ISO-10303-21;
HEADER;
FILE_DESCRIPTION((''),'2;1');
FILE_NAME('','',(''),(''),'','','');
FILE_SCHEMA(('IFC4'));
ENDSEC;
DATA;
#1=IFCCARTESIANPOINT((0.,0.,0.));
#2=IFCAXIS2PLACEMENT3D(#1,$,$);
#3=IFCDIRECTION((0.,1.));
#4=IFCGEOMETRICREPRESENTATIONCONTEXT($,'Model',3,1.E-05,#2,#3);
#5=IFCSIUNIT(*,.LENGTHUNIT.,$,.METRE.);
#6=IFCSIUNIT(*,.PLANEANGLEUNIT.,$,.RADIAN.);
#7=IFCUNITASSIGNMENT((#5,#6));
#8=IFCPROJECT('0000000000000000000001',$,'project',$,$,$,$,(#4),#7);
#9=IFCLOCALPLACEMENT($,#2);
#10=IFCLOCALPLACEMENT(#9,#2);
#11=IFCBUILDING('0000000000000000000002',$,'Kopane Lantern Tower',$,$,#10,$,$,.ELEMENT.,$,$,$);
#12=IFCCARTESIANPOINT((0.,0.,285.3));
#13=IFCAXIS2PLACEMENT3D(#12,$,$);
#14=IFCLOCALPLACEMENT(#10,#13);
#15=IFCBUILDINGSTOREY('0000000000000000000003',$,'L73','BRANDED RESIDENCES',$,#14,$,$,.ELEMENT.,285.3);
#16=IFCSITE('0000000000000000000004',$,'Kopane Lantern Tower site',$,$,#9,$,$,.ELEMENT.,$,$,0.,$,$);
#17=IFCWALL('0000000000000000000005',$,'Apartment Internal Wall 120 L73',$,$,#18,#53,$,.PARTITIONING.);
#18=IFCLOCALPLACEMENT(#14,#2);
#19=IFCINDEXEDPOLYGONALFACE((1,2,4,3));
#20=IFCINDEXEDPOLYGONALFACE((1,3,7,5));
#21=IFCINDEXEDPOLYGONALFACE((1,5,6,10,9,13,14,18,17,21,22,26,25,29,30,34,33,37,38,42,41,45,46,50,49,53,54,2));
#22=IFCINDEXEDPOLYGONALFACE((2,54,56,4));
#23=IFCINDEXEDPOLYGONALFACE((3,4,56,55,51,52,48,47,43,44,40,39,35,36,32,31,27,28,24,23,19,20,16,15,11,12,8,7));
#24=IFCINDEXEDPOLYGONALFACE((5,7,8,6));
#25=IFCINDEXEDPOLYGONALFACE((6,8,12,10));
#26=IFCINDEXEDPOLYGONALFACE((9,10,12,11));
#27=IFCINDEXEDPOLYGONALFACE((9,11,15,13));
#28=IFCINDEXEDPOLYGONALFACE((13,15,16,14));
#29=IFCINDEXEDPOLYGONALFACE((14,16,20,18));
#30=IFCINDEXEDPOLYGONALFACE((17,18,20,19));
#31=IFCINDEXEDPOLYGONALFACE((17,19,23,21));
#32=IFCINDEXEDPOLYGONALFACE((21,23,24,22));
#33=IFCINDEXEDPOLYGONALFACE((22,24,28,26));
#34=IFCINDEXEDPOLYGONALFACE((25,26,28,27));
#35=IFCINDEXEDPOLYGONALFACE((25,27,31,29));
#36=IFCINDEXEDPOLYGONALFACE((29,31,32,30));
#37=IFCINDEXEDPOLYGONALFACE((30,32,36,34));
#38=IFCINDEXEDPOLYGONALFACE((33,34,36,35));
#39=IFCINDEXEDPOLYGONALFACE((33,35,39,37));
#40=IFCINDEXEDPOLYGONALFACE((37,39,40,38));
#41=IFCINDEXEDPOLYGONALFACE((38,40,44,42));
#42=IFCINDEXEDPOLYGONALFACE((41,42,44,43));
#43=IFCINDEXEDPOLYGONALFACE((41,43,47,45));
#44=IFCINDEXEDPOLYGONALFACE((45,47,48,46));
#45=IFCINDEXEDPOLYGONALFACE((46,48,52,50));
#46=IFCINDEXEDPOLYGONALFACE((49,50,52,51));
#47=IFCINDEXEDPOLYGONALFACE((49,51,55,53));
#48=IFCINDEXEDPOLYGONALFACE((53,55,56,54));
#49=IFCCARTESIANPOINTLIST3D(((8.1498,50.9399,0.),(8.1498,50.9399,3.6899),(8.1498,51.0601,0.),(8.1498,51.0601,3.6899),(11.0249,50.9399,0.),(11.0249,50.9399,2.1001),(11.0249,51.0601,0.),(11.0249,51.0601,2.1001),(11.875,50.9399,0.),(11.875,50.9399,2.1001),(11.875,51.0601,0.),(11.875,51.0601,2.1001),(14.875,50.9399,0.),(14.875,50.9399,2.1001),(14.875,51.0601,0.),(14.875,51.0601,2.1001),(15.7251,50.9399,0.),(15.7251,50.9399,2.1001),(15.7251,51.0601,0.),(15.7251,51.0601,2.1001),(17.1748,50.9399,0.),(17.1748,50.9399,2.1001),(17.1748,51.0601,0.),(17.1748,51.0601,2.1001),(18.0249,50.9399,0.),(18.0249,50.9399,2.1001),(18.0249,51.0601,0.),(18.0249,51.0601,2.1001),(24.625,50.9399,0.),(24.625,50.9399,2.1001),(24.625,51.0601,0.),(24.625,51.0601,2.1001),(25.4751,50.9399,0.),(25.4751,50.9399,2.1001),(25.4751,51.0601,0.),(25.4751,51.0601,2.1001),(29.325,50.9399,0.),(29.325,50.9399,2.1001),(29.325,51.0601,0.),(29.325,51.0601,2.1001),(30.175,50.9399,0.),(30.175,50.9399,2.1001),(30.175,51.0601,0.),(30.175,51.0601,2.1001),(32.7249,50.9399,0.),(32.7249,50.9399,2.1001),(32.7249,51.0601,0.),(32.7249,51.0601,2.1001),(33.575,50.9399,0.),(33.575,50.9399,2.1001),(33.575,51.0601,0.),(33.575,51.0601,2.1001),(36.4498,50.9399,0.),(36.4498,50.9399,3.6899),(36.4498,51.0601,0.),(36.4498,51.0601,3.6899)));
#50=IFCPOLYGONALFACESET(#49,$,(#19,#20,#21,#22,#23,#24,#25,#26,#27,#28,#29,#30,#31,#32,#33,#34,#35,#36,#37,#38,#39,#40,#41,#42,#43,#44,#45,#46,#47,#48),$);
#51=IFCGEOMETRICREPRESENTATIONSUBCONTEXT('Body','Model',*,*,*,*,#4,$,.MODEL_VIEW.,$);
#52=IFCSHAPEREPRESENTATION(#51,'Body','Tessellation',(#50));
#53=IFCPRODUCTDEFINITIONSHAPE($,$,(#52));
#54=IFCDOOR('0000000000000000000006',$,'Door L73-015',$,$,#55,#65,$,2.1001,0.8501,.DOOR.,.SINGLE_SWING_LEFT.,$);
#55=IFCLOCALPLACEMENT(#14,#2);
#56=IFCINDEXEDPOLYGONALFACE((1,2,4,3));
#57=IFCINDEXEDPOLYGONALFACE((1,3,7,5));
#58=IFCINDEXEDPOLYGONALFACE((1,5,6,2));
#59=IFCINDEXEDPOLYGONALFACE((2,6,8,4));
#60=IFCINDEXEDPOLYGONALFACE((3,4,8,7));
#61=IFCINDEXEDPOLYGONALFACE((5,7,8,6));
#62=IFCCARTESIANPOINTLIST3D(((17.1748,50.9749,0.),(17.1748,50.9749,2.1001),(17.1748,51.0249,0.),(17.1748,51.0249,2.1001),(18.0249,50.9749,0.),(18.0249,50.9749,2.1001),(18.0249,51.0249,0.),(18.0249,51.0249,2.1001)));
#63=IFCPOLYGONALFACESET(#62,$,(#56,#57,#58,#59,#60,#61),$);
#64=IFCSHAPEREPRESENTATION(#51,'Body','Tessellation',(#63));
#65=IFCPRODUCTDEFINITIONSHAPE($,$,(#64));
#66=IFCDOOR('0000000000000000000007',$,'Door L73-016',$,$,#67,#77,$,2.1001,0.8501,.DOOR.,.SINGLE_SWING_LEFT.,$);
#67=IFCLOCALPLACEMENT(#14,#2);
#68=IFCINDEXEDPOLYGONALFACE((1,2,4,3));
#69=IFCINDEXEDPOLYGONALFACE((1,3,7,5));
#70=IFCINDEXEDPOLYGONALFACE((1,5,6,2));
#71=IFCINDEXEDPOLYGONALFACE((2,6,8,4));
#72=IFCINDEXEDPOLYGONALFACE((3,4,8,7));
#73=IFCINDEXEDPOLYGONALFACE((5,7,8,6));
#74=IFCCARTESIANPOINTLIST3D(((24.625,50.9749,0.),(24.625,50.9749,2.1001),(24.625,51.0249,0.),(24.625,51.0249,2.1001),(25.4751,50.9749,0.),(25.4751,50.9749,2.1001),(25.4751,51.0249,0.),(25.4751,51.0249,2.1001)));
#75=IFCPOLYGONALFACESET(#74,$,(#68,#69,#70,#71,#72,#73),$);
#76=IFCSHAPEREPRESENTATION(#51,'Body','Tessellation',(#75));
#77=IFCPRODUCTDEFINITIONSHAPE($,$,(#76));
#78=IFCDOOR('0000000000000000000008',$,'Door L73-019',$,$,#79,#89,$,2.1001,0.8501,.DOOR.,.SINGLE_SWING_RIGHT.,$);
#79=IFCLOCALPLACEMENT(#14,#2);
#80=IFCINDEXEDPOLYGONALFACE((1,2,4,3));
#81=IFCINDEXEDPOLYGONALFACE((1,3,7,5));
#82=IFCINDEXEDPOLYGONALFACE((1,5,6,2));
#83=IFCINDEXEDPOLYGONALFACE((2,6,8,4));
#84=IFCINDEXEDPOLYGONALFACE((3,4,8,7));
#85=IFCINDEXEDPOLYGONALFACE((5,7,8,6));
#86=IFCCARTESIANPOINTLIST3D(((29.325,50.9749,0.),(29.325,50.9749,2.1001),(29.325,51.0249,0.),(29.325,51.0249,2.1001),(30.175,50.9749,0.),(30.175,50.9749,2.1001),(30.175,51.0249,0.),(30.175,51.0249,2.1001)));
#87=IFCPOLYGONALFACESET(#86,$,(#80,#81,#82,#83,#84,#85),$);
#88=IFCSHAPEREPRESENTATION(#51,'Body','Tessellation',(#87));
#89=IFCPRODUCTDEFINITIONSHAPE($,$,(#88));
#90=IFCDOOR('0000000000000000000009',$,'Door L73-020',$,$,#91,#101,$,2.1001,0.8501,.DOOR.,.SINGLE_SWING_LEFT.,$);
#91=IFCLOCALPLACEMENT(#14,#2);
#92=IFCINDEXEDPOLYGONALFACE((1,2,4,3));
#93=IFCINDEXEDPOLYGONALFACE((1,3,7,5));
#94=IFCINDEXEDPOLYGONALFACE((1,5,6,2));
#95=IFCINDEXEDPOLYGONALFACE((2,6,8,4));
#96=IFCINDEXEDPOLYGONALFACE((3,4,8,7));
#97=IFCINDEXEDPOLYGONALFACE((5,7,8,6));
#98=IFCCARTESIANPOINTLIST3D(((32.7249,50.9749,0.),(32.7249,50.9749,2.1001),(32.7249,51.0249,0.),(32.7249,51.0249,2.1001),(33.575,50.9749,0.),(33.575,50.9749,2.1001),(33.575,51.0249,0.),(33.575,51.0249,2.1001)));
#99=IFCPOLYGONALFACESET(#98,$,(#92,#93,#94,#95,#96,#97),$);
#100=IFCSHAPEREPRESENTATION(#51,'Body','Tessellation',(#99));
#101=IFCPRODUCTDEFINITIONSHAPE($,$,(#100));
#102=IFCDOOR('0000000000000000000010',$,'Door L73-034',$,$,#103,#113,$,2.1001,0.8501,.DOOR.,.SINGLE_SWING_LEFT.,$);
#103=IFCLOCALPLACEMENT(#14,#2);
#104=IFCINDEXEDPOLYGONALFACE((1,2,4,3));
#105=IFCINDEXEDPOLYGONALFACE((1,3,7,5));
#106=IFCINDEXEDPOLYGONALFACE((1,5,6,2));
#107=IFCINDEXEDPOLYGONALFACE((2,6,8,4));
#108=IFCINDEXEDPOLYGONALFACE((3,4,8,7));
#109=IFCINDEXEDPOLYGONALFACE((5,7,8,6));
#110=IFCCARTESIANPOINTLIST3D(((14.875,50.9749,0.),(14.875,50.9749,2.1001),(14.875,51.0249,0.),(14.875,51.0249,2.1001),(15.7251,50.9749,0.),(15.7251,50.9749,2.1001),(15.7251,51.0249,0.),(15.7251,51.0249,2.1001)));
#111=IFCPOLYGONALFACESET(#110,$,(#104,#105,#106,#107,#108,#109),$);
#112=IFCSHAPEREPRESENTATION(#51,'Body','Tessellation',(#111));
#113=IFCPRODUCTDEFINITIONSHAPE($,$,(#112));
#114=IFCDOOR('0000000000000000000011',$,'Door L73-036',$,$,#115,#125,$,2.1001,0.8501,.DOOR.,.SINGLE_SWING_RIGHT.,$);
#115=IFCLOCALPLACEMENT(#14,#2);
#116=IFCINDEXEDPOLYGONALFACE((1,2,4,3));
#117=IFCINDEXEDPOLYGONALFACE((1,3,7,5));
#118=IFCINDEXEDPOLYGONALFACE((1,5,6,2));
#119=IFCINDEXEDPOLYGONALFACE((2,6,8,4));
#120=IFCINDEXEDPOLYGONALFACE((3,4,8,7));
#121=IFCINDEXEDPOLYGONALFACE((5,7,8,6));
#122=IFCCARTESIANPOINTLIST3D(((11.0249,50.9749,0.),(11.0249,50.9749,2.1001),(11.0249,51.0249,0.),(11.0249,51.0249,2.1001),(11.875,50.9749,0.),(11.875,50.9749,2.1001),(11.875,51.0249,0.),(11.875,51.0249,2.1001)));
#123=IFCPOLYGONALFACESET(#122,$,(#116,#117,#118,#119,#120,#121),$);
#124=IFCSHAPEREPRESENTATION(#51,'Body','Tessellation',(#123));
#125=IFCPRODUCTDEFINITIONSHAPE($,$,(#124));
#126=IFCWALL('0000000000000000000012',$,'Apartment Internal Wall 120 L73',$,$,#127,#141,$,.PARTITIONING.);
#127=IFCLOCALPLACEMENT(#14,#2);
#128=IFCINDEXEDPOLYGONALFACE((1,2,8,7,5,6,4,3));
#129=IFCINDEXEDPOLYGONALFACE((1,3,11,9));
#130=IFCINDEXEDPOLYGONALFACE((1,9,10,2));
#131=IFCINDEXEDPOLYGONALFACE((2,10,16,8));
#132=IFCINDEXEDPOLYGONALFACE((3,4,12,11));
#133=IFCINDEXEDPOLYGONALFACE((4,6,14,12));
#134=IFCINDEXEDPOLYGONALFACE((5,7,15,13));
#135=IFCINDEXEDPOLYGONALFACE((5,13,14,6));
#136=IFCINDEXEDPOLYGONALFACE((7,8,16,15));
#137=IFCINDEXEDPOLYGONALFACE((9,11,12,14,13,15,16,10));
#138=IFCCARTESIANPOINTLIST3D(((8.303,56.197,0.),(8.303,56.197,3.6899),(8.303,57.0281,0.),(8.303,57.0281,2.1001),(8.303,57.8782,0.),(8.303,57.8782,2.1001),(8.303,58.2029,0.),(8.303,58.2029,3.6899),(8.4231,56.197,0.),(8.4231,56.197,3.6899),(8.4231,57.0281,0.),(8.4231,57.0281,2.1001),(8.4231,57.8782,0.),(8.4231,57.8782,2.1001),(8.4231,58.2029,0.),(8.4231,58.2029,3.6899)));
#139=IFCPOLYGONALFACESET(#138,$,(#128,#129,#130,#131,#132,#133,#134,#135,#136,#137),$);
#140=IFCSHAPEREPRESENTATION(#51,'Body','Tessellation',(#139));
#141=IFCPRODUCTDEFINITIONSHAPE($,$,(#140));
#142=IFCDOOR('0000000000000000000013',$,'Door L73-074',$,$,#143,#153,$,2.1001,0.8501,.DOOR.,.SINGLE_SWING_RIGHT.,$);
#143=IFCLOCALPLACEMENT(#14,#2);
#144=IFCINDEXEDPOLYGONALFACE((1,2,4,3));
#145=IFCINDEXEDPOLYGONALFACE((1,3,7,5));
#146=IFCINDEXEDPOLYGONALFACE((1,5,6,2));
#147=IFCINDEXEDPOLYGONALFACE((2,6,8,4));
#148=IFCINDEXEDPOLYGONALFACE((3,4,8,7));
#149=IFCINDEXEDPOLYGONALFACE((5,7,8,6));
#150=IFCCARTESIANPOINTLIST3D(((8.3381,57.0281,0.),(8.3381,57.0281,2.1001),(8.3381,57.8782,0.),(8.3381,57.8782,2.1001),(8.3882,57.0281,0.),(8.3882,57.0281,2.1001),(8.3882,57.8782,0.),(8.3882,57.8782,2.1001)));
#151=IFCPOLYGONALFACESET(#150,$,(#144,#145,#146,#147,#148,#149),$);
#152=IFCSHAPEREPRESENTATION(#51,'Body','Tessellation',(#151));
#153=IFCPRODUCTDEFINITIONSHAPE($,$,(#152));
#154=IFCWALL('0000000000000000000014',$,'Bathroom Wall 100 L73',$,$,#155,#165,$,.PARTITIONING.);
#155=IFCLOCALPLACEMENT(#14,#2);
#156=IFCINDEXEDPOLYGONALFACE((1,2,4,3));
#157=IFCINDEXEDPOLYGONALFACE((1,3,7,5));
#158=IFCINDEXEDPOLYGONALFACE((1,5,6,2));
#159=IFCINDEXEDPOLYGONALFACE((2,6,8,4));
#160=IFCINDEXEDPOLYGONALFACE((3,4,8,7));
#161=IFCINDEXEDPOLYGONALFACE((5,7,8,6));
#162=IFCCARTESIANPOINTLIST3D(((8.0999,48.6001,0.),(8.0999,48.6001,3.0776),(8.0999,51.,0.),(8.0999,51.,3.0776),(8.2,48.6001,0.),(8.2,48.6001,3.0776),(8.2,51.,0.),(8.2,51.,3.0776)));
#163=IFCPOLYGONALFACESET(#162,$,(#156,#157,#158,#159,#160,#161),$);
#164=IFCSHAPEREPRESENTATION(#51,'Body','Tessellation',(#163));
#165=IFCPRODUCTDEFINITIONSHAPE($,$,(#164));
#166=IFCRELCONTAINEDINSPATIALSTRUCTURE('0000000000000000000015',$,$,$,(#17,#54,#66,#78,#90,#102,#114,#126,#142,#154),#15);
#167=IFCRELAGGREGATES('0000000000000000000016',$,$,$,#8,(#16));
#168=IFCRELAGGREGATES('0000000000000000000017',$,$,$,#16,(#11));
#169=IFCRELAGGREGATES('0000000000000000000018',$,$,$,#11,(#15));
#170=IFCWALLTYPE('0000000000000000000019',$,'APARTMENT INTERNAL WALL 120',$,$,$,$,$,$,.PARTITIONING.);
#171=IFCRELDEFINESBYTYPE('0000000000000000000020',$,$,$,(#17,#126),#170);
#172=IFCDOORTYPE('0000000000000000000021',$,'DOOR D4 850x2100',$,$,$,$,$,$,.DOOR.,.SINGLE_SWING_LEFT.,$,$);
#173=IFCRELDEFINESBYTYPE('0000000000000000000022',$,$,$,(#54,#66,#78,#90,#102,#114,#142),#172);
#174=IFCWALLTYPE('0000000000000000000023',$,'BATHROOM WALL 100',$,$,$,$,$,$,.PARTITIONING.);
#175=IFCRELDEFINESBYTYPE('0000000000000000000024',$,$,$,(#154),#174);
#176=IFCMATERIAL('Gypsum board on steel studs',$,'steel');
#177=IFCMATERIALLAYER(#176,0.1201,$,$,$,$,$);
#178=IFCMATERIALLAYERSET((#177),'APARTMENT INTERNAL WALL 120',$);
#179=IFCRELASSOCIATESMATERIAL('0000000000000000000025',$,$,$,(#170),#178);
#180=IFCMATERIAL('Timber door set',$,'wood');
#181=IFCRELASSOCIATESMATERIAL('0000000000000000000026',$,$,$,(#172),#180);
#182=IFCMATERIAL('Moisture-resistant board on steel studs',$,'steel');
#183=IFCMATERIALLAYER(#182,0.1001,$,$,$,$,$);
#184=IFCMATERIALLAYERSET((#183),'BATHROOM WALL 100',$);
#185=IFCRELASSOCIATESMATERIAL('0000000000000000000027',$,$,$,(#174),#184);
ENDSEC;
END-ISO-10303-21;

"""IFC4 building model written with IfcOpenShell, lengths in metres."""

from ifc_helpers import new_model, si_unit, direction, frame, frame_2d, origin, place, context, subcontext, project, spatial, rectangle, extrude, material, layer, layer_set, type_object, element, fill, save


model = new_model("IFC4")

# Units and contexts
model_context = context("Model", 3, precision=1e-05, world=origin(), true_north=direction((0.0, 1.0)))
body_context = subcontext(model_context, "Body", "Model", "MODEL_VIEW")
ifc_project = project(units=[si_unit("LENGTHUNIT", "METRE"), si_unit("PLANEANGLEUNIT", "RADIAN")], contexts=[model_context])

# Site, building, storey
site_placement = place(None, origin())
site = spatial("IfcSite", under=ifc_project, at=site_placement, Name="Kopane Lantern Tower site", CompositionType="ELEMENT", RefElevation=0.0)
building_placement = place(site_placement, origin())
building = spatial("IfcBuilding", under=site, at=building_placement, Name="Kopane Lantern Tower", CompositionType="ELEMENT")
storey_placement = place(building_placement, frame((0.0, 0.0, 285.3)))
storey = spatial("IfcBuildingStorey", under=building, at=storey_placement, Name="L73", Description="BRANDED RESIDENCES", CompositionType="ELEMENT", Elevation=285.3)

# Wall, openings, doors
ifc_material_1 = material(Name="Gypsum board on steel studs", Category="steel")
ifc_layer_1 = layer(ifc_material_1, 0.1201)
ifc_layer_set_1 = layer_set([ifc_layer_1], Name="APARTMENT INTERNAL WALL 120")
wall_type_1 = type_object("IfcWallType", Name="APARTMENT INTERNAL WALL 120", PredefinedType="PARTITIONING", material=ifc_layer_set_1)
wall_1_placement = place(storey_placement, frame((8.1499, 51.0, 0.0), z_axis=(0.0, 0.0, 1.0), x_axis=(1.0, 0.0, 0.0)))
wall_1 = element("IfcWall", 1, at=wall_1_placement, inside=storey, type_object=wall_type_1, Name="Apartment Internal Wall 120 L73", PredefinedType="PARTITIONING", context=body_context, shape_type="SweptSolid", body=[
    extrude(rectangle(XDim=28.3, YDim=0.1201, at=frame_2d((14.1499, 0.0))), origin(), (0.0, 0.0, 1.0), 3.6899),
])
opening_1_placement = place(wall_1_placement, frame((9.0249, 0.0, 0.0)))
opening_1 = element("IfcOpeningElement", 2, at=opening_1_placement, cuts=wall_1, PredefinedType="OPENING", context=body_context, shape_type="SweptSolid", body=[
    extrude(rectangle(XDim=0.8501, YDim=2.1001, at=frame_2d((0.425, 1.05))), frame((0.0, 0.0701, 0.0), z_axis=(0.0, -1.0, 0.0), x_axis=(1.0, 0.0, 0.0)), (0.0, 0.0, 1.0), 0.1401),
])
opening_2_placement = place(wall_1_placement, frame((16.4751, 0.0, 0.0)))
opening_2 = element("IfcOpeningElement", 3, at=opening_2_placement, cuts=wall_1, PredefinedType="OPENING", context=body_context, shape_type="SweptSolid", body=[
    extrude(rectangle(XDim=0.8501, YDim=2.1001, at=frame_2d((0.425, 1.05))), frame((0.0, 0.0701, 0.0), z_axis=(0.0, -1.0, 0.0), x_axis=(1.0, 0.0, 0.0)), (0.0, 0.0, 1.0), 0.1401),
])
opening_3_placement = place(wall_1_placement, frame((21.175, 0.0, 0.0)))
opening_3 = element("IfcOpeningElement", 4, at=opening_3_placement, cuts=wall_1, PredefinedType="OPENING", context=body_context, shape_type="SweptSolid", body=[
    extrude(rectangle(XDim=0.8501, YDim=2.1001, at=frame_2d((0.425, 1.05))), frame((0.0, 0.0701, 0.0), z_axis=(0.0, -1.0, 0.0), x_axis=(1.0, 0.0, 0.0)), (0.0, 0.0, 1.0), 0.1401),
])
opening_4_placement = place(wall_1_placement, frame((24.575, 0.0, 0.0)))
opening_4 = element("IfcOpeningElement", 5, at=opening_4_placement, cuts=wall_1, PredefinedType="OPENING", context=body_context, shape_type="SweptSolid", body=[
    extrude(rectangle(XDim=0.8501, YDim=2.1001, at=frame_2d((0.425, 1.05))), frame((0.0, 0.0701, 0.0), z_axis=(0.0, -1.0, 0.0), x_axis=(1.0, 0.0, 0.0)), (0.0, 0.0, 1.0), 0.1401),
])
opening_5_placement = place(wall_1_placement, frame((6.7251, 0.0, 0.0)))
opening_5 = element("IfcOpeningElement", 6, at=opening_5_placement, cuts=wall_1, PredefinedType="OPENING", context=body_context, shape_type="SweptSolid", body=[
    extrude(rectangle(XDim=0.8501, YDim=2.1001, at=frame_2d((0.425, 1.05))), frame((0.0, 0.0701, 0.0), z_axis=(0.0, -1.0, 0.0), x_axis=(1.0, 0.0, 0.0)), (0.0, 0.0, 1.0), 0.1401),
])
opening_6_placement = place(wall_1_placement, frame((2.875, 0.0, 0.0)))
opening_6 = element("IfcOpeningElement", 7, at=opening_6_placement, cuts=wall_1, PredefinedType="OPENING", context=body_context, shape_type="SweptSolid", body=[
    extrude(rectangle(XDim=0.8501, YDim=2.1001, at=frame_2d((0.425, 1.05))), frame((0.0, 0.0701, 0.0), z_axis=(0.0, -1.0, 0.0), x_axis=(1.0, 0.0, 0.0)), (0.0, 0.0, 1.0), 0.1401),
])
ifc_material_2 = material(Name="Timber door set", Category="wood")
door_type = type_object("IfcDoorType", Name="DOOR D4 850x2100", OperationType="SINGLE_SWING_LEFT", PredefinedType="DOOR", material=ifc_material_2)
door_1_placement = place(opening_1_placement, origin())
door_1 = element("IfcDoor", 8, at=door_1_placement, inside=storey, type_object=door_type, Name="Door L73-015", OperationType="SINGLE_SWING_LEFT", OverallHeight=2.1001, OverallWidth=0.8501, PredefinedType="DOOR", context=body_context, shape_type="SweptSolid", body=[
    extrude(rectangle(XDim=0.8501, YDim=2.1001, at=frame_2d((0.425, 1.05))), frame((0.0, 0.0249, 0.0), z_axis=(0.0, -1.0, 0.0), x_axis=(1.0, 0.0, 0.0)), (0.0, 0.0, 1.0), 0.05),
])
fill(opening_1, door_1)
door_2_placement = place(opening_2_placement, origin())
door_2 = element("IfcDoor", 9, at=door_2_placement, inside=storey, type_object=door_type, Name="Door L73-016", OperationType="SINGLE_SWING_LEFT", OverallHeight=2.1001, OverallWidth=0.8501, PredefinedType="DOOR", context=body_context, shape_type="SweptSolid", body=[
    extrude(rectangle(XDim=0.8501, YDim=2.1001, at=frame_2d((0.425, 1.05))), frame((0.0, 0.0249, 0.0), z_axis=(0.0, -1.0, 0.0), x_axis=(1.0, 0.0, 0.0)), (0.0, 0.0, 1.0), 0.05),
])
fill(opening_2, door_2)
door_3_placement = place(opening_3_placement, origin())
door_3 = element("IfcDoor", 10, at=door_3_placement, inside=storey, type_object=door_type, Name="Door L73-019", OperationType="SINGLE_SWING_RIGHT", OverallHeight=2.1001, OverallWidth=0.8501, PredefinedType="DOOR", context=body_context, shape_type="SweptSolid", body=[
    extrude(rectangle(XDim=0.8501, YDim=2.1001, at=frame_2d((0.425, 1.05))), frame((0.0, 0.0249, 0.0), z_axis=(0.0, -1.0, 0.0), x_axis=(1.0, 0.0, 0.0)), (0.0, 0.0, 1.0), 0.05),
])
fill(opening_3, door_3)
door_4_placement = place(opening_4_placement, origin())
door_4 = element("IfcDoor", 11, at=door_4_placement, inside=storey, type_object=door_type, Name="Door L73-020", OperationType="SINGLE_SWING_LEFT", OverallHeight=2.1001, OverallWidth=0.8501, PredefinedType="DOOR", context=body_context, shape_type="SweptSolid", body=[
    extrude(rectangle(XDim=0.8501, YDim=2.1001, at=frame_2d((0.425, 1.05))), frame((0.0, 0.0249, 0.0), z_axis=(0.0, -1.0, 0.0), x_axis=(1.0, 0.0, 0.0)), (0.0, 0.0, 1.0), 0.05),
])
fill(opening_4, door_4)
door_5_placement = place(opening_5_placement, origin())
door_5 = element("IfcDoor", 12, at=door_5_placement, inside=storey, type_object=door_type, Name="Door L73-034", OperationType="SINGLE_SWING_LEFT", OverallHeight=2.1001, OverallWidth=0.8501, PredefinedType="DOOR", context=body_context, shape_type="SweptSolid", body=[
    extrude(rectangle(XDim=0.8501, YDim=2.1001, at=frame_2d((0.425, 1.05))), frame((0.0, 0.0249, 0.0), z_axis=(0.0, -1.0, 0.0), x_axis=(1.0, 0.0, 0.0)), (0.0, 0.0, 1.0), 0.05),
])
fill(opening_5, door_5)
door_6_placement = place(opening_6_placement, origin())
door_6 = element("IfcDoor", 13, at=door_6_placement, inside=storey, type_object=door_type, Name="Door L73-036", OperationType="SINGLE_SWING_RIGHT", OverallHeight=2.1001, OverallWidth=0.8501, PredefinedType="DOOR", context=body_context, shape_type="SweptSolid", body=[
    extrude(rectangle(XDim=0.8501, YDim=2.1001, at=frame_2d((0.425, 1.05))), frame((0.0, 0.0249, 0.0), z_axis=(0.0, -1.0, 0.0), x_axis=(1.0, 0.0, 0.0)), (0.0, 0.0, 1.0), 0.05),
])
fill(opening_6, door_6)

# Wall, opening, door
wall_2_placement = place(storey_placement, frame((8.363, 56.197, 0.0), z_axis=(0.0, 0.0, 1.0), x_axis=(0.0, 1.0, 0.0)))
wall_2 = element("IfcWall", 14, at=wall_2_placement, inside=storey, type_object=wall_type_1, Name="Apartment Internal Wall 120 L73", PredefinedType="PARTITIONING", context=body_context, shape_type="SweptSolid", body=[
    extrude(rectangle(XDim=2.0059, YDim=0.1201, at=frame_2d((1.0029, 0.0))), origin(), (0.0, 0.0, 1.0), 3.6899),
])
opening_7_placement = place(wall_2_placement, frame((0.8311, 0.0, 0.0)))
opening_7 = element("IfcOpeningElement", 15, at=opening_7_placement, cuts=wall_2, PredefinedType="OPENING", context=body_context, shape_type="SweptSolid", body=[
    extrude(rectangle(XDim=0.8501, YDim=2.1001, at=frame_2d((0.425, 1.05))), frame((0.0, 0.0701, 0.0), z_axis=(0.0, -1.0, 0.0), x_axis=(1.0, 0.0, 0.0)), (0.0, 0.0, 1.0), 0.1401),
])
door_7_placement = place(opening_7_placement, origin())
door_7 = element("IfcDoor", 16, at=door_7_placement, inside=storey, type_object=door_type, Name="Door L73-074", OperationType="SINGLE_SWING_RIGHT", OverallHeight=2.1001, OverallWidth=0.8501, PredefinedType="DOOR", context=body_context, shape_type="SweptSolid", body=[
    extrude(rectangle(XDim=0.8501, YDim=2.1001, at=frame_2d((0.425, 1.05))), frame((0.0, 0.0249, 0.0), z_axis=(0.0, -1.0, 0.0), x_axis=(1.0, 0.0, 0.0)), (0.0, 0.0, 1.0), 0.05),
])
fill(opening_7, door_7)

# Wall
ifc_material_3 = material(Name="Moisture-resistant board on steel studs", Category="steel")
ifc_layer_2 = layer(ifc_material_3, 0.1001)
ifc_layer_set_2 = layer_set([ifc_layer_2], Name="BATHROOM WALL 100")
wall_type_2 = type_object("IfcWallType", Name="BATHROOM WALL 100", PredefinedType="PARTITIONING", material=ifc_layer_set_2)
wall_3_placement = place(storey_placement, frame((8.1499, 48.6001, 0.0), z_axis=(0.0, 0.0, 1.0), x_axis=(0.0, 1.0, 0.0)))
element("IfcWall", 17, at=wall_3_placement, inside=storey, type_object=wall_type_2, Name="Bathroom Wall 100 L73", PredefinedType="PARTITIONING", context=body_context, shape_type="SweptSolid", body=[
    extrude(rectangle(XDim=2.3999, YDim=0.1001, at=frame_2d((1.2, 0.0))), origin(), (0.0, 0.0, 1.0), 3.0776),
])

save(model, "model.ifc")
